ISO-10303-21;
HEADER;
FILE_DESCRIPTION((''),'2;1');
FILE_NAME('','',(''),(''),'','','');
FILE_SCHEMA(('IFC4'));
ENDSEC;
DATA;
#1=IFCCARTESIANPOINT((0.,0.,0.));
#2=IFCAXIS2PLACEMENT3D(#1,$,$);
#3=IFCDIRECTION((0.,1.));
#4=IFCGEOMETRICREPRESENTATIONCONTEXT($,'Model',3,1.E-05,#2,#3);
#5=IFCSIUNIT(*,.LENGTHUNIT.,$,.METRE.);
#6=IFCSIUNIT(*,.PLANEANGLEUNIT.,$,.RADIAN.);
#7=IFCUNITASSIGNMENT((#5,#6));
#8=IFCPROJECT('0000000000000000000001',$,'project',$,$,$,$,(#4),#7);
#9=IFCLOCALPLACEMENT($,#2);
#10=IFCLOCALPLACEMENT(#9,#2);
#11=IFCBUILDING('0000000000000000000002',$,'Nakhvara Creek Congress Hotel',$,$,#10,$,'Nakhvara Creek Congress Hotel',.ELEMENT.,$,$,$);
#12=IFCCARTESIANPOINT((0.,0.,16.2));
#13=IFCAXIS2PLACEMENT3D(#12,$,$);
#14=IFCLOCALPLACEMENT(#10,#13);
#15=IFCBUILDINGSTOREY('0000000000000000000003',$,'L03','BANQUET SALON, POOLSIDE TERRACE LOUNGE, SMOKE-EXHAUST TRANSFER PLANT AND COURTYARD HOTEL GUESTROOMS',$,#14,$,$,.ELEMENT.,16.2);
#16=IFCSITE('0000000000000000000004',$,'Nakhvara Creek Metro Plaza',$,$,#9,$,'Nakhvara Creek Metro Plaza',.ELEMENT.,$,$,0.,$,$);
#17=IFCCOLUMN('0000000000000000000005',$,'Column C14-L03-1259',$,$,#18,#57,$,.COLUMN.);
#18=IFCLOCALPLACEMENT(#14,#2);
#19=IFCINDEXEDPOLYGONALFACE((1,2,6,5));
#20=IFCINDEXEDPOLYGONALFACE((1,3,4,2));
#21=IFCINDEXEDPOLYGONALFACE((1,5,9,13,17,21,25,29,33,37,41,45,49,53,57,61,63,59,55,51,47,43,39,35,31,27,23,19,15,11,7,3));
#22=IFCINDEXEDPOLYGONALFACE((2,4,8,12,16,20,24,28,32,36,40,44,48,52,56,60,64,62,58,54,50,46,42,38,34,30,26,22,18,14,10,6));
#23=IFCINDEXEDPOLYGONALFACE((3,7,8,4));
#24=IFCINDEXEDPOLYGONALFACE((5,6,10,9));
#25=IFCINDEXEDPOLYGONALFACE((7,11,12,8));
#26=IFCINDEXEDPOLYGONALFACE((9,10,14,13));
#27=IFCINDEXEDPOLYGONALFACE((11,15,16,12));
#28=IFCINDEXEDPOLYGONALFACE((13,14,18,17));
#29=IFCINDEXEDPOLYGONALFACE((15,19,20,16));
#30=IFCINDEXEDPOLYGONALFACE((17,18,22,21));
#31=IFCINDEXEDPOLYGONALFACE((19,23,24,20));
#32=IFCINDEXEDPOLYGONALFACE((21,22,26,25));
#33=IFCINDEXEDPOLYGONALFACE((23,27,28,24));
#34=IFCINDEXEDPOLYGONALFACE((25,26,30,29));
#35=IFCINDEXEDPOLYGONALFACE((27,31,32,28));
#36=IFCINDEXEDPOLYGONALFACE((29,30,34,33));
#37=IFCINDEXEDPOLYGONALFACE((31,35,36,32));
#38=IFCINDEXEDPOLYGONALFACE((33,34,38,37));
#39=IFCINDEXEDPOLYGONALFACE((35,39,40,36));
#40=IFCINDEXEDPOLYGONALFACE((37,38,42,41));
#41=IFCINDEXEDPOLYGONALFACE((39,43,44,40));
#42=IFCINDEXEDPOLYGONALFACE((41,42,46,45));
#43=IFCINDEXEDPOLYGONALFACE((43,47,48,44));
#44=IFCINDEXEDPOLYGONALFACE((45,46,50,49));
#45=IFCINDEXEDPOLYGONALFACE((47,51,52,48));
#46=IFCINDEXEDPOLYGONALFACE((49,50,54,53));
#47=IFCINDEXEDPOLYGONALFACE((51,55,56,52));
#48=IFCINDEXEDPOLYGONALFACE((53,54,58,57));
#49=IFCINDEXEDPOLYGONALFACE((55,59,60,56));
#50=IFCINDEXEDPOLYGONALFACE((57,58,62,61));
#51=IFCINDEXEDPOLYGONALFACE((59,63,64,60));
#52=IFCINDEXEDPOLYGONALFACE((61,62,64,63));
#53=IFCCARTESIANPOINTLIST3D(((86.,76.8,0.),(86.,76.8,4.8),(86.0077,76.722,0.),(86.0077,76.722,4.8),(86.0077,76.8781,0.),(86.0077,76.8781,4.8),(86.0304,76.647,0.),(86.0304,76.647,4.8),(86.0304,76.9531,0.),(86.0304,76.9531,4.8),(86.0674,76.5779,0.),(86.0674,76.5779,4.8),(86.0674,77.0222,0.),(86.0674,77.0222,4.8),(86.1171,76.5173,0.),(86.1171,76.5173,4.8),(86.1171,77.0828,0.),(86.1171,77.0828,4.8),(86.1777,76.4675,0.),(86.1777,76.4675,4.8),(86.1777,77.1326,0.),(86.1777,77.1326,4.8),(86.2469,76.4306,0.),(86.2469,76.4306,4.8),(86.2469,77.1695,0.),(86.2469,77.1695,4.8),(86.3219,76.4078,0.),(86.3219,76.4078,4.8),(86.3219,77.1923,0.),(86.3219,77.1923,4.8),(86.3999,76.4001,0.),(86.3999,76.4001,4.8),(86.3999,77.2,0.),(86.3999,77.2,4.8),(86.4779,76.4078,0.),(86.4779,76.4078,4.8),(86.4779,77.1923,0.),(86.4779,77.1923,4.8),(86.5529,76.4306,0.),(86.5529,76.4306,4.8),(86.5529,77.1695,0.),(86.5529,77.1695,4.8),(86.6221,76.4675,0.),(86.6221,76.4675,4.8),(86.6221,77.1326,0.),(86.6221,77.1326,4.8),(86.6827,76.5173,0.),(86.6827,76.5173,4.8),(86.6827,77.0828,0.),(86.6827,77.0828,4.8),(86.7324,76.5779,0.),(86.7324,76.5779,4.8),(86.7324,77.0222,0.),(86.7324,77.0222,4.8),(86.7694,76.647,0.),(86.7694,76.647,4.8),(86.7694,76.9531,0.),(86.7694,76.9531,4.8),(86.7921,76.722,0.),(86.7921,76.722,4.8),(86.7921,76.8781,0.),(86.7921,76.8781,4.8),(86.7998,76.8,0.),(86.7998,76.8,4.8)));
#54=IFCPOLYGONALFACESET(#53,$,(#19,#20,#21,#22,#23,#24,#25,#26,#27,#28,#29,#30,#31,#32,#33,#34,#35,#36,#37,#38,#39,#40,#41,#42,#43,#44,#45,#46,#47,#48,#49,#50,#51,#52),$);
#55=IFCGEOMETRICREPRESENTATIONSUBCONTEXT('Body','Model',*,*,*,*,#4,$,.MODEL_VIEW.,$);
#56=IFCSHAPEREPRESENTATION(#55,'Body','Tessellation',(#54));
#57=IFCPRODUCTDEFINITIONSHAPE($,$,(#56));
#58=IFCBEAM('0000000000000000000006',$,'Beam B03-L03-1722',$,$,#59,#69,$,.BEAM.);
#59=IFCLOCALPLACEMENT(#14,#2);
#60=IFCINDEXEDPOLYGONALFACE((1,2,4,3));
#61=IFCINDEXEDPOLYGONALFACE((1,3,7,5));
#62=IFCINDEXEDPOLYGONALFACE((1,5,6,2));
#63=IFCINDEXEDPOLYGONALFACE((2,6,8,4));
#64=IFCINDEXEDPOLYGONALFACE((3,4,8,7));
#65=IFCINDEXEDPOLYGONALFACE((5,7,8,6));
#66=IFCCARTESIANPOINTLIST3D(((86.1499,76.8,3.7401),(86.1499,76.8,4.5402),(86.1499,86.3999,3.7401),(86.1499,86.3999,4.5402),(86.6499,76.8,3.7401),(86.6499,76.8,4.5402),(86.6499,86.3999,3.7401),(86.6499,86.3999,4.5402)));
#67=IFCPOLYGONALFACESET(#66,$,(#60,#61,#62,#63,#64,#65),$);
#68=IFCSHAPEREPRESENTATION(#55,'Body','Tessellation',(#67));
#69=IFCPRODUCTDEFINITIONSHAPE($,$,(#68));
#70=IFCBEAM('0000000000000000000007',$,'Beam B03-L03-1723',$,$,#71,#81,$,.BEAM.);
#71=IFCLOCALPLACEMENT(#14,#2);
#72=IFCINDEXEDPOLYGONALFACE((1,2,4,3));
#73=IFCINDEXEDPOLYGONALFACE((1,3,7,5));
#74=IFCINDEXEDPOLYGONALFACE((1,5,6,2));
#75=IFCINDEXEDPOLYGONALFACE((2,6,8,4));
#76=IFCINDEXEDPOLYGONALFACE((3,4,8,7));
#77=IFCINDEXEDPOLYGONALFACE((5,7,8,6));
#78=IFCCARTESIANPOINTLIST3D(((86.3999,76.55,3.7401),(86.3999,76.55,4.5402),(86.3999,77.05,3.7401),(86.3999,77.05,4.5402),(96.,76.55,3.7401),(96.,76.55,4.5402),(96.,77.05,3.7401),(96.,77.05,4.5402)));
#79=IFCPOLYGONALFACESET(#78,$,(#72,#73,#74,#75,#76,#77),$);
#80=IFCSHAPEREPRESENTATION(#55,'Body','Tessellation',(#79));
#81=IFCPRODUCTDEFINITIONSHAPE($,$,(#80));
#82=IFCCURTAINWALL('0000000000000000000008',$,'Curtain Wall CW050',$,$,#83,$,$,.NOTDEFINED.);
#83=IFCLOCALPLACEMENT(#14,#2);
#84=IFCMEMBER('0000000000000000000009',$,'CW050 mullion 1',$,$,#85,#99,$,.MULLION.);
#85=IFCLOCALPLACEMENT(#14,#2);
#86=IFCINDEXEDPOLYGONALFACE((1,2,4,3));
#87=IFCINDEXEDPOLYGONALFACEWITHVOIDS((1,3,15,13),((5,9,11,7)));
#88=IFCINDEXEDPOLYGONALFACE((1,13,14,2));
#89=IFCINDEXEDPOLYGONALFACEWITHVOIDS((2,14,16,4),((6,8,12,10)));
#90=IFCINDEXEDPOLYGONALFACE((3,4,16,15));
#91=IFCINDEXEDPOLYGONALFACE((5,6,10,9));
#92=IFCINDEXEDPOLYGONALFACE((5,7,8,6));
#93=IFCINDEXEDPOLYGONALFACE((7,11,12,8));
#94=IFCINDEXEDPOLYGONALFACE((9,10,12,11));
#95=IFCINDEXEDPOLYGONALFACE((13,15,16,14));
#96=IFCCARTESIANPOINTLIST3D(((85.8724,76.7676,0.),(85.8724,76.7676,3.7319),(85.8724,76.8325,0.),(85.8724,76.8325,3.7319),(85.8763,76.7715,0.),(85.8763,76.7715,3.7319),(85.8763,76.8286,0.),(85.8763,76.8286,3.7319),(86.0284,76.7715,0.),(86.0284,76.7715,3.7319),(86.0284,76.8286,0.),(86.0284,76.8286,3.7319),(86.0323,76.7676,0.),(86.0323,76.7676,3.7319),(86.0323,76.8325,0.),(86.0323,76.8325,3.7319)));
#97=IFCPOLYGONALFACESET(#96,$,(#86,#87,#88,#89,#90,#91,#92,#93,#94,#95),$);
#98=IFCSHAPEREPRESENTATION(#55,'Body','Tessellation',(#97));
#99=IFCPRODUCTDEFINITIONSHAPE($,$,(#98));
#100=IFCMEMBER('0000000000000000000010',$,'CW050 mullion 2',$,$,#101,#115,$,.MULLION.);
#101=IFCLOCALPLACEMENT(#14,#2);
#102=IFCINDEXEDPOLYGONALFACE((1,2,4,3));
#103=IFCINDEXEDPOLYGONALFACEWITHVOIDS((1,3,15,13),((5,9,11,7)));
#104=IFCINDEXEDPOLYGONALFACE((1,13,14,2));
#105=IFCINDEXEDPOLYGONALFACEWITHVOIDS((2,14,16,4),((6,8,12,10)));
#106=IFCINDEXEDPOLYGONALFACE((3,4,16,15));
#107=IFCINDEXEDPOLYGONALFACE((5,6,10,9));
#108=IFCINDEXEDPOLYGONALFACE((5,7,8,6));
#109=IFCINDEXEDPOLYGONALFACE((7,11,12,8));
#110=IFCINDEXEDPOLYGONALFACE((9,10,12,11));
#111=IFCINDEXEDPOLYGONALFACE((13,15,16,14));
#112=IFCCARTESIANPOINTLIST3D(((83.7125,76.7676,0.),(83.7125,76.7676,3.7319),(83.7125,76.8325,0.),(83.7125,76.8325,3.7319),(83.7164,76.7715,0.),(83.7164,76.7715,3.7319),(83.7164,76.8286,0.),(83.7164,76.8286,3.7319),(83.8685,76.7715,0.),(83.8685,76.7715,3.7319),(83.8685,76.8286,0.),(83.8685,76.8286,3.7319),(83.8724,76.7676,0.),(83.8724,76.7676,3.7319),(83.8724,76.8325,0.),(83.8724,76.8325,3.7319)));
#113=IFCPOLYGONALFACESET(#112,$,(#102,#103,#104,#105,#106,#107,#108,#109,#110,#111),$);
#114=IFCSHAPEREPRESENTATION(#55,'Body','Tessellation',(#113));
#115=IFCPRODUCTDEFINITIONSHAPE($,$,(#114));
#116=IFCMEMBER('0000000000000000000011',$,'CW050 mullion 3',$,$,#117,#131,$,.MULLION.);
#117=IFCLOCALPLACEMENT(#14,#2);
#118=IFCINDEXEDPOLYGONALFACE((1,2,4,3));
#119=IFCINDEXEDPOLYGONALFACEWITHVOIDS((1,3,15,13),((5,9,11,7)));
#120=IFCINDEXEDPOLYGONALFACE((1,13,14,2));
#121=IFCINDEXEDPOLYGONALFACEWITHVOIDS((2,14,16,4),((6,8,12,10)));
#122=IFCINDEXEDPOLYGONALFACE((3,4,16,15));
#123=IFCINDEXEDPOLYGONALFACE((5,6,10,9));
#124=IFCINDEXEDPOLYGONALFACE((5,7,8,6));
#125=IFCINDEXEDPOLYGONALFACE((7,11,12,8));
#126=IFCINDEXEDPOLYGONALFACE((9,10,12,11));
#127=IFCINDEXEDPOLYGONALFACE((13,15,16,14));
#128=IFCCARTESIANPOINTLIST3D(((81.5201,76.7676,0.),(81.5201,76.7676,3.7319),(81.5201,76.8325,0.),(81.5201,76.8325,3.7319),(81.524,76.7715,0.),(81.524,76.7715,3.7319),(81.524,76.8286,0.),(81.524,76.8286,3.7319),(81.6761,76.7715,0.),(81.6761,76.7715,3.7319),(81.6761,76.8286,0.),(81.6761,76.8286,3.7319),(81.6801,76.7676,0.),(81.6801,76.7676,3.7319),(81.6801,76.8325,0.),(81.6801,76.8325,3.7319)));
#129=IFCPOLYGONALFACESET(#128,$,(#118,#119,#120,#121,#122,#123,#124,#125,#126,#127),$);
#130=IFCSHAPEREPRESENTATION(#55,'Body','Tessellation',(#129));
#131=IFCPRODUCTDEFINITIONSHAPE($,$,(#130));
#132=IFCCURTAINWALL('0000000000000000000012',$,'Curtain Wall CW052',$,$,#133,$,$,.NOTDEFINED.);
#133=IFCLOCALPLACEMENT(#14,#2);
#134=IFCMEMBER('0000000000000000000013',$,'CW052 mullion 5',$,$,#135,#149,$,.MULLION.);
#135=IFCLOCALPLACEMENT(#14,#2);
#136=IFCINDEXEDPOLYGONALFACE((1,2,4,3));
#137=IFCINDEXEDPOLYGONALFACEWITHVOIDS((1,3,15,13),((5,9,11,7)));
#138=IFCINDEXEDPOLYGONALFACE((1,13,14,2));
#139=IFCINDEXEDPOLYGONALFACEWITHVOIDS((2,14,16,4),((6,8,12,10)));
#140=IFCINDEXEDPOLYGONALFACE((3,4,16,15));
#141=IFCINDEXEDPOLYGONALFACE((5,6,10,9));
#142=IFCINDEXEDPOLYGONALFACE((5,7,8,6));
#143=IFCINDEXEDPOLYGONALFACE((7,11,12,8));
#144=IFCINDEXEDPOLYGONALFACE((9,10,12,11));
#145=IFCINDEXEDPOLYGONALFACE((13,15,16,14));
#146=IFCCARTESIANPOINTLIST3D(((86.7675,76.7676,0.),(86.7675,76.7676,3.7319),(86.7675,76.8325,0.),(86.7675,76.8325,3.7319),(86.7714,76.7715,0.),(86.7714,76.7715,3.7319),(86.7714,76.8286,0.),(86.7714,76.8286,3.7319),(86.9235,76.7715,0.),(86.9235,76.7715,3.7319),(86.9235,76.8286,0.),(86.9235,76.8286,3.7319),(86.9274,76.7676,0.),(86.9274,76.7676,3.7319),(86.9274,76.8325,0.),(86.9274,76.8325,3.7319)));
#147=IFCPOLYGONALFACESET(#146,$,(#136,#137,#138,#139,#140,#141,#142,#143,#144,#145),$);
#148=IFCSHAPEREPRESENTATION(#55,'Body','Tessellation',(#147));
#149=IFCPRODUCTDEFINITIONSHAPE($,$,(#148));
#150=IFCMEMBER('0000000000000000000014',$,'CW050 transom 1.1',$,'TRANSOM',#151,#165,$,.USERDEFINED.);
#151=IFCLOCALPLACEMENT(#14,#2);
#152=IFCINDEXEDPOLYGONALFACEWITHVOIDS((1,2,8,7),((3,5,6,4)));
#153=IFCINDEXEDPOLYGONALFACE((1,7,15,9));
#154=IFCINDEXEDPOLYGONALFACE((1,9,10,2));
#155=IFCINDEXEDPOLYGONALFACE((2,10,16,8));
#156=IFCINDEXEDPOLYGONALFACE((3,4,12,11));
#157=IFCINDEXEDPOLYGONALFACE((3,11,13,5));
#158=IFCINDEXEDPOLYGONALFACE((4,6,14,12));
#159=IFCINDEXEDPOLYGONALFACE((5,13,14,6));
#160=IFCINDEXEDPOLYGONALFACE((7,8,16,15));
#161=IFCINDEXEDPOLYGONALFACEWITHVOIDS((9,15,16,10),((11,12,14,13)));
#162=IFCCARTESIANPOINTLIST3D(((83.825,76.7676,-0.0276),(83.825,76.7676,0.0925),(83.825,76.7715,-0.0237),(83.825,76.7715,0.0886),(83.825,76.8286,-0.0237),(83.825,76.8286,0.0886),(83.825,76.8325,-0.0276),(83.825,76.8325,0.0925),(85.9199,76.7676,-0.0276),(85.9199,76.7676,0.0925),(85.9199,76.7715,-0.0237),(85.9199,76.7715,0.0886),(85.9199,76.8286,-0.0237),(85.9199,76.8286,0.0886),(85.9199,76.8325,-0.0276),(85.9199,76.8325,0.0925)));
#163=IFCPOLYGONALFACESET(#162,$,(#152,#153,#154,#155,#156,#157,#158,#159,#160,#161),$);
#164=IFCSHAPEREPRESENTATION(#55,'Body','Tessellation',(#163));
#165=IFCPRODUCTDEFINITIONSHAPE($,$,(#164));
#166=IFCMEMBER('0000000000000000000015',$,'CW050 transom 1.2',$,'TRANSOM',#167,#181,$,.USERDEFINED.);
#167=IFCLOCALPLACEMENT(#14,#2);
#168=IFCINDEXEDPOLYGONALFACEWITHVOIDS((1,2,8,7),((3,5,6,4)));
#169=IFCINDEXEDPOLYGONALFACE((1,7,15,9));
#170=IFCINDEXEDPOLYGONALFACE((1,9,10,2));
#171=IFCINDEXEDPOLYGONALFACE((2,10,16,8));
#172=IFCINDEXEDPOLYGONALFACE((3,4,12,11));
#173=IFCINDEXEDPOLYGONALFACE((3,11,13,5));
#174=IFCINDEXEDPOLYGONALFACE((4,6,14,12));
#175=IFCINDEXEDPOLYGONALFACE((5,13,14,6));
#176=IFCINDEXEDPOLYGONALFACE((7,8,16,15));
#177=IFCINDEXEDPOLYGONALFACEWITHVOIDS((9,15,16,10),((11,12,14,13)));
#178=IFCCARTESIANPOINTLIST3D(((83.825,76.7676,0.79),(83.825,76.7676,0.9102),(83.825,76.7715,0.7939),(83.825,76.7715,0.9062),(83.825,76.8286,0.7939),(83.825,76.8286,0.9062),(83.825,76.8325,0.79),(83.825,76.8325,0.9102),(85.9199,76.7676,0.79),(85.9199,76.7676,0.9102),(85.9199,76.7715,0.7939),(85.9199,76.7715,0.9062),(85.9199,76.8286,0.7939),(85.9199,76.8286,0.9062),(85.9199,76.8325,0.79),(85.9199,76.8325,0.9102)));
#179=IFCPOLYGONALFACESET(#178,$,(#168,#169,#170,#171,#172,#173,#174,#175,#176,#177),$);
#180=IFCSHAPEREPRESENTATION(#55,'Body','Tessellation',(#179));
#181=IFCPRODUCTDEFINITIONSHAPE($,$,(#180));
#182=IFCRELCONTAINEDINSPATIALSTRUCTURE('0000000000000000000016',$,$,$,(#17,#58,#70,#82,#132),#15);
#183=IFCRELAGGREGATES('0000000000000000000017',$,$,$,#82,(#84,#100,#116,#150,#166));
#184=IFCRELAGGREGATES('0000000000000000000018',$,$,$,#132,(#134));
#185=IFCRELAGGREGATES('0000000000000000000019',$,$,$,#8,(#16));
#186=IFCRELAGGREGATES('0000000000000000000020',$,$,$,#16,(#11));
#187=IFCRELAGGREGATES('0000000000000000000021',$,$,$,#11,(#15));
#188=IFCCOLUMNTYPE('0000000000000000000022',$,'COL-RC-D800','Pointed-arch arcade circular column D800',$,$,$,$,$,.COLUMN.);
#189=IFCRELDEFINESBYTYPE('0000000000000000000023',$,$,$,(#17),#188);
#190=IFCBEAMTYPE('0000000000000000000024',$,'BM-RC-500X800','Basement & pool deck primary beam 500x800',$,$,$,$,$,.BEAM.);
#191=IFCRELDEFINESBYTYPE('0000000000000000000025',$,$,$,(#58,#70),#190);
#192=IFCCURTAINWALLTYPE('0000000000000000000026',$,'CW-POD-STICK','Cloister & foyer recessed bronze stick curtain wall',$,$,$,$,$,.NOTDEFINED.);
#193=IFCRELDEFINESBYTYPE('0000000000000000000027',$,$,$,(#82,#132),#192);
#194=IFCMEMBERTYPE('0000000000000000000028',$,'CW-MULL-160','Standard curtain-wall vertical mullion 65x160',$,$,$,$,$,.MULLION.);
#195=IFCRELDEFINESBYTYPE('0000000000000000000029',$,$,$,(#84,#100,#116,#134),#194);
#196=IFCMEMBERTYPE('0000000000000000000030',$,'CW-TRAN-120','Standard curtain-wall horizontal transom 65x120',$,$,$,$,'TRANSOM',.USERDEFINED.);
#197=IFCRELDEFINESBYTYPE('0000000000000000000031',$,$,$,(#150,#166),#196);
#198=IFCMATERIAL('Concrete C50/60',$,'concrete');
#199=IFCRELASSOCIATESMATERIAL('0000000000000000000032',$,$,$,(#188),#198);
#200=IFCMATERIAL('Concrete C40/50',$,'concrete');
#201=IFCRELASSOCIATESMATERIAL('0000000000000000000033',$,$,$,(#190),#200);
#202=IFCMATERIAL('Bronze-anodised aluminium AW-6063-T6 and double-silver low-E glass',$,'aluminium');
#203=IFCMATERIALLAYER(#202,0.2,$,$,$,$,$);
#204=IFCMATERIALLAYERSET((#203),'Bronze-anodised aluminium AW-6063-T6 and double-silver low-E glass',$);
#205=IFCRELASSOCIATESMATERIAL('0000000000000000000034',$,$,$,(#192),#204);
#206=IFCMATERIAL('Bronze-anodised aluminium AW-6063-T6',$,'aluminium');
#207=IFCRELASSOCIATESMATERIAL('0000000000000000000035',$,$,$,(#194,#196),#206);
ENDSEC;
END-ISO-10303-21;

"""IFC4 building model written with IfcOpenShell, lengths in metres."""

from ifc_helpers import new_model, si_unit, direction, frame, origin, origin_2d, place, context, subcontext, project, spatial, rectangle, hollow_rectangle, circle, extrude, material, layer, layer_set, material_profile, profile_set, type_object, element, aggregate, save


model = new_model("IFC4")

# Units and contexts
model_context = context("Model", 3, precision=1e-05, world=origin(), true_north=direction((0.0, 1.0)))
body_context = subcontext(model_context, "Body", "Model", "MODEL_VIEW")
ifc_project = project(units=[si_unit("LENGTHUNIT", "METRE"), si_unit("PLANEANGLEUNIT", "RADIAN")], contexts=[model_context])

# Site, building, storey
site_placement = place(None, origin())
site = spatial("IfcSite", under=ifc_project, at=site_placement, Name="Nakhvara Creek Metro Plaza", LongName="Nakhvara Creek Metro Plaza", CompositionType="ELEMENT", RefElevation=0.0)
building_placement = place(site_placement, origin())
building = spatial("IfcBuilding", under=site, at=building_placement, Name="Nakhvara Creek Congress Hotel", LongName="Nakhvara Creek Congress Hotel", CompositionType="ELEMENT")
storey_placement = place(building_placement, frame((0.0, 0.0, 16.2)))
storey = spatial("IfcBuildingStorey", under=building, at=storey_placement, Name="L03", Description="BANQUET SALON, POOLSIDE TERRACE LOUNGE, SMOKE-EXHAUST TRANSFER PLANT AND COURTYARD HOTEL GUESTROOMS", CompositionType="ELEMENT", Elevation=16.2)

# Column
ifc_material_1 = material(Name="Concrete C50/60", Category="concrete")
ifc_material_profile_1 = material_profile(ifc_material_1, circle(Radius=0.3999, at=origin_2d()), Name="RC-COL D800", Category="LoadBearing")
ifc_profile_set_1 = profile_set([ifc_material_profile_1], Name="Concrete C50/60")
column_type = type_object("IfcColumnType", Name="COL-RC-D800", Description="Pointed-arch arcade circular column D800", PredefinedType="COLUMN", material=ifc_profile_set_1)
column_placement = place(storey_placement, frame((86.3999, 76.8, 0.0), z_axis=(0.0, 0.0, 1.0), x_axis=(1.0, 0.0, 0.0)))
element("IfcColumn", 1, at=column_placement, inside=storey, type_object=column_type, Name="Column C14-L03-1259", PredefinedType="COLUMN", context=body_context, shape_type="SweptSolid", body=[
    extrude(circle(Radius=0.3999, at=origin_2d()), origin(), (0.0, 0.0, 1.0), 4.8),
])

# Beams
ifc_material_2 = material(Name="Concrete C40/50", Category="concrete")
ifc_material_profile_2 = material_profile(ifc_material_2, rectangle(XDim=0.5, YDim=0.8, at=origin_2d()), Name="RC-BM 500x800", Category="LoadBearing")
ifc_profile_set_2 = profile_set([ifc_material_profile_2], Name="Concrete C40/50")
beam_type = type_object("IfcBeamType", Name="BM-RC-500X800", Description="Basement & pool deck primary beam 500x800", PredefinedType="BEAM", material=ifc_profile_set_2)
beam_1_placement = place(storey_placement, frame((86.3999, 76.8, 4.1401), z_axis=(0.0, 1.0, 0.0), x_axis=(-1.0, 0.0, 0.0)))
element("IfcBeam", 2, at=beam_1_placement, inside=storey, type_object=beam_type, Name="Beam B03-L03-1722", PredefinedType="BEAM", context=body_context, shape_type="SweptSolid", body=[
    extrude(rectangle(XDim=0.5, YDim=0.8, at=origin_2d()), origin(), (0.0, 0.0, 1.0), 9.5999),
])
beam_2_placement = place(storey_placement, frame((86.3999, 76.8, 4.1401), z_axis=(1.0, 0.0, 0.0), x_axis=(0.0, 1.0, 0.0)))
element("IfcBeam", 3, at=beam_2_placement, inside=storey, type_object=beam_type, Name="Beam B03-L03-1723", PredefinedType="BEAM", context=body_context, shape_type="SweptSolid", body=[
    extrude(rectangle(XDim=0.5, YDim=0.8, at=origin_2d()), origin(), (0.0, 0.0, 1.0), 9.6001),
])

# Curtain wall, members
ifc_material_3 = material(Name="Bronze-anodised aluminium AW-6063-T6 and double-silver low-E glass", Category="aluminium")
ifc_layer = layer(ifc_material_3, 0.2)
ifc_layer_set = layer_set([ifc_layer], Name="Bronze-anodised aluminium AW-6063-T6 and double-silver low-E glass")
curtain_wall_type = type_object("IfcCurtainWallType", Name="CW-POD-STICK", Description="Cloister & foyer recessed bronze stick curtain wall", PredefinedType="NOTDEFINED", material=ifc_layer_set)
curtain_wall_1_placement = place(storey_placement, origin())
curtain_wall_1 = element("IfcCurtainWall", 4, at=curtain_wall_1_placement, inside=storey, type_object=curtain_wall_type, Name="Curtain Wall CW050", PredefinedType="NOTDEFINED")
ifc_material_4 = material(Name="Bronze-anodised aluminium AW-6063-T6", Category="aluminium")
ifc_material_profile_3 = material_profile(ifc_material_4, hollow_rectangle(XDim=0.0649, YDim=0.1599, WallThickness=0.0039, at=origin_2d()), Name="ALU-MULL 65x160x4", Category="LoadBearing")
ifc_profile_set_3 = profile_set([ifc_material_profile_3], Name="Bronze-anodised aluminium AW-6063-T6")
member_type_1 = type_object("IfcMemberType", Name="CW-MULL-160", Description="Standard curtain-wall vertical mullion 65x160", PredefinedType="MULLION", material=ifc_profile_set_3)
member_1_placement = place(storey_placement, frame((85.9524, 76.8, 0.0), z_axis=(0.0, 0.0, 1.0), x_axis=(0.0, -1.0, 0.0)))
member_1 = element("IfcMember", 5, at=member_1_placement, type_object=member_type_1, Name="CW050 mullion 1", PredefinedType="MULLION", context=body_context, shape_type="SweptSolid", body=[
    extrude(hollow_rectangle(XDim=0.0649, YDim=0.1599, WallThickness=0.0039, at=origin_2d()), origin(), (0.0, 0.0, 1.0), 3.7319),
])
member_2_placement = place(storey_placement, frame((83.7925, 76.8, 0.0), z_axis=(0.0, 0.0, 1.0), x_axis=(0.0, -1.0, 0.0)))
member_2 = element("IfcMember", 6, at=member_2_placement, type_object=member_type_1, Name="CW050 mullion 2", PredefinedType="MULLION", context=body_context, shape_type="SweptSolid", body=[
    extrude(hollow_rectangle(XDim=0.0649, YDim=0.1599, WallThickness=0.0039, at=origin_2d()), origin(), (0.0, 0.0, 1.0), 3.7319),
])
member_3_placement = place(storey_placement, frame((81.6001, 76.8, 0.0), z_axis=(0.0, 0.0, 1.0), x_axis=(0.0, -1.0, 0.0)))
member_3 = element("IfcMember", 7, at=member_3_placement, type_object=member_type_1, Name="CW050 mullion 3", PredefinedType="MULLION", context=body_context, shape_type="SweptSolid", body=[
    extrude(hollow_rectangle(XDim=0.0649, YDim=0.1599, WallThickness=0.0039, at=origin_2d()), origin(), (0.0, 0.0, 1.0), 3.7319),
])

# Curtain wall, member
curtain_wall_2_placement = place(storey_placement, origin())
curtain_wall_2 = element("IfcCurtainWall", 8, at=curtain_wall_2_placement, inside=storey, type_object=curtain_wall_type, Name="Curtain Wall CW052", PredefinedType="NOTDEFINED")
member_4_placement = place(storey_placement, frame((86.8474, 76.8, 0.0), z_axis=(0.0, 0.0, 1.0), x_axis=(0.0, -1.0, 0.0)))
member_4 = element("IfcMember", 9, at=member_4_placement, type_object=member_type_1, Name="CW052 mullion 5", PredefinedType="MULLION", context=body_context, shape_type="SweptSolid", body=[
    extrude(hollow_rectangle(XDim=0.0649, YDim=0.1599, WallThickness=0.0039, at=origin_2d()), origin(), (0.0, 0.0, 1.0), 3.7319),
])

# Members
ifc_material_profile_4 = material_profile(ifc_material_4, hollow_rectangle(XDim=0.0649, YDim=0.1201, WallThickness=0.0039, at=origin_2d()), Name="ALU-TRAN 65x120x4", Category="LoadBearing")
ifc_profile_set_4 = profile_set([ifc_material_profile_4], Name="Bronze-anodised aluminium AW-6063-T6")
member_type_2 = type_object("IfcMemberType", Name="CW-TRAN-120", Description="Standard curtain-wall horizontal transom 65x120", ElementType="TRANSOM", PredefinedType="USERDEFINED", material=ifc_profile_set_4)
member_5_placement = place(storey_placement, frame((85.9199, 76.8, 0.0325), z_axis=(-1.0, 0.0, 0.0), x_axis=(0.0, -1.0, 0.0)))
member_5 = element("IfcMember", 10, at=member_5_placement, type_object=member_type_2, Name="CW050 transom 1.1", ObjectType="TRANSOM", PredefinedType="USERDEFINED", context=body_context, shape_type="SweptSolid", body=[
    extrude(hollow_rectangle(XDim=0.0649, YDim=0.1201, WallThickness=0.0039, at=origin_2d()), origin(), (0.0, 0.0, 1.0), 2.095),
])
member_6_placement = place(storey_placement, frame((85.9199, 76.8, 0.8501), z_axis=(-1.0, 0.0, 0.0), x_axis=(0.0, -1.0, 0.0)))
member_6 = element("IfcMember", 11, at=member_6_placement, type_object=member_type_2, Name="CW050 transom 1.2", ObjectType="TRANSOM", PredefinedType="USERDEFINED", context=body_context, shape_type="SweptSolid", body=[
    extrude(hollow_rectangle(XDim=0.0649, YDim=0.1201, WallThickness=0.0039, at=origin_2d()), origin(), (0.0, 0.0, 1.0), 2.095),
])

aggregate(curtain_wall_1, [member_1, member_2, member_3, member_5, member_6])
aggregate(curtain_wall_2, [member_4])

save(model, "model.ifc")
